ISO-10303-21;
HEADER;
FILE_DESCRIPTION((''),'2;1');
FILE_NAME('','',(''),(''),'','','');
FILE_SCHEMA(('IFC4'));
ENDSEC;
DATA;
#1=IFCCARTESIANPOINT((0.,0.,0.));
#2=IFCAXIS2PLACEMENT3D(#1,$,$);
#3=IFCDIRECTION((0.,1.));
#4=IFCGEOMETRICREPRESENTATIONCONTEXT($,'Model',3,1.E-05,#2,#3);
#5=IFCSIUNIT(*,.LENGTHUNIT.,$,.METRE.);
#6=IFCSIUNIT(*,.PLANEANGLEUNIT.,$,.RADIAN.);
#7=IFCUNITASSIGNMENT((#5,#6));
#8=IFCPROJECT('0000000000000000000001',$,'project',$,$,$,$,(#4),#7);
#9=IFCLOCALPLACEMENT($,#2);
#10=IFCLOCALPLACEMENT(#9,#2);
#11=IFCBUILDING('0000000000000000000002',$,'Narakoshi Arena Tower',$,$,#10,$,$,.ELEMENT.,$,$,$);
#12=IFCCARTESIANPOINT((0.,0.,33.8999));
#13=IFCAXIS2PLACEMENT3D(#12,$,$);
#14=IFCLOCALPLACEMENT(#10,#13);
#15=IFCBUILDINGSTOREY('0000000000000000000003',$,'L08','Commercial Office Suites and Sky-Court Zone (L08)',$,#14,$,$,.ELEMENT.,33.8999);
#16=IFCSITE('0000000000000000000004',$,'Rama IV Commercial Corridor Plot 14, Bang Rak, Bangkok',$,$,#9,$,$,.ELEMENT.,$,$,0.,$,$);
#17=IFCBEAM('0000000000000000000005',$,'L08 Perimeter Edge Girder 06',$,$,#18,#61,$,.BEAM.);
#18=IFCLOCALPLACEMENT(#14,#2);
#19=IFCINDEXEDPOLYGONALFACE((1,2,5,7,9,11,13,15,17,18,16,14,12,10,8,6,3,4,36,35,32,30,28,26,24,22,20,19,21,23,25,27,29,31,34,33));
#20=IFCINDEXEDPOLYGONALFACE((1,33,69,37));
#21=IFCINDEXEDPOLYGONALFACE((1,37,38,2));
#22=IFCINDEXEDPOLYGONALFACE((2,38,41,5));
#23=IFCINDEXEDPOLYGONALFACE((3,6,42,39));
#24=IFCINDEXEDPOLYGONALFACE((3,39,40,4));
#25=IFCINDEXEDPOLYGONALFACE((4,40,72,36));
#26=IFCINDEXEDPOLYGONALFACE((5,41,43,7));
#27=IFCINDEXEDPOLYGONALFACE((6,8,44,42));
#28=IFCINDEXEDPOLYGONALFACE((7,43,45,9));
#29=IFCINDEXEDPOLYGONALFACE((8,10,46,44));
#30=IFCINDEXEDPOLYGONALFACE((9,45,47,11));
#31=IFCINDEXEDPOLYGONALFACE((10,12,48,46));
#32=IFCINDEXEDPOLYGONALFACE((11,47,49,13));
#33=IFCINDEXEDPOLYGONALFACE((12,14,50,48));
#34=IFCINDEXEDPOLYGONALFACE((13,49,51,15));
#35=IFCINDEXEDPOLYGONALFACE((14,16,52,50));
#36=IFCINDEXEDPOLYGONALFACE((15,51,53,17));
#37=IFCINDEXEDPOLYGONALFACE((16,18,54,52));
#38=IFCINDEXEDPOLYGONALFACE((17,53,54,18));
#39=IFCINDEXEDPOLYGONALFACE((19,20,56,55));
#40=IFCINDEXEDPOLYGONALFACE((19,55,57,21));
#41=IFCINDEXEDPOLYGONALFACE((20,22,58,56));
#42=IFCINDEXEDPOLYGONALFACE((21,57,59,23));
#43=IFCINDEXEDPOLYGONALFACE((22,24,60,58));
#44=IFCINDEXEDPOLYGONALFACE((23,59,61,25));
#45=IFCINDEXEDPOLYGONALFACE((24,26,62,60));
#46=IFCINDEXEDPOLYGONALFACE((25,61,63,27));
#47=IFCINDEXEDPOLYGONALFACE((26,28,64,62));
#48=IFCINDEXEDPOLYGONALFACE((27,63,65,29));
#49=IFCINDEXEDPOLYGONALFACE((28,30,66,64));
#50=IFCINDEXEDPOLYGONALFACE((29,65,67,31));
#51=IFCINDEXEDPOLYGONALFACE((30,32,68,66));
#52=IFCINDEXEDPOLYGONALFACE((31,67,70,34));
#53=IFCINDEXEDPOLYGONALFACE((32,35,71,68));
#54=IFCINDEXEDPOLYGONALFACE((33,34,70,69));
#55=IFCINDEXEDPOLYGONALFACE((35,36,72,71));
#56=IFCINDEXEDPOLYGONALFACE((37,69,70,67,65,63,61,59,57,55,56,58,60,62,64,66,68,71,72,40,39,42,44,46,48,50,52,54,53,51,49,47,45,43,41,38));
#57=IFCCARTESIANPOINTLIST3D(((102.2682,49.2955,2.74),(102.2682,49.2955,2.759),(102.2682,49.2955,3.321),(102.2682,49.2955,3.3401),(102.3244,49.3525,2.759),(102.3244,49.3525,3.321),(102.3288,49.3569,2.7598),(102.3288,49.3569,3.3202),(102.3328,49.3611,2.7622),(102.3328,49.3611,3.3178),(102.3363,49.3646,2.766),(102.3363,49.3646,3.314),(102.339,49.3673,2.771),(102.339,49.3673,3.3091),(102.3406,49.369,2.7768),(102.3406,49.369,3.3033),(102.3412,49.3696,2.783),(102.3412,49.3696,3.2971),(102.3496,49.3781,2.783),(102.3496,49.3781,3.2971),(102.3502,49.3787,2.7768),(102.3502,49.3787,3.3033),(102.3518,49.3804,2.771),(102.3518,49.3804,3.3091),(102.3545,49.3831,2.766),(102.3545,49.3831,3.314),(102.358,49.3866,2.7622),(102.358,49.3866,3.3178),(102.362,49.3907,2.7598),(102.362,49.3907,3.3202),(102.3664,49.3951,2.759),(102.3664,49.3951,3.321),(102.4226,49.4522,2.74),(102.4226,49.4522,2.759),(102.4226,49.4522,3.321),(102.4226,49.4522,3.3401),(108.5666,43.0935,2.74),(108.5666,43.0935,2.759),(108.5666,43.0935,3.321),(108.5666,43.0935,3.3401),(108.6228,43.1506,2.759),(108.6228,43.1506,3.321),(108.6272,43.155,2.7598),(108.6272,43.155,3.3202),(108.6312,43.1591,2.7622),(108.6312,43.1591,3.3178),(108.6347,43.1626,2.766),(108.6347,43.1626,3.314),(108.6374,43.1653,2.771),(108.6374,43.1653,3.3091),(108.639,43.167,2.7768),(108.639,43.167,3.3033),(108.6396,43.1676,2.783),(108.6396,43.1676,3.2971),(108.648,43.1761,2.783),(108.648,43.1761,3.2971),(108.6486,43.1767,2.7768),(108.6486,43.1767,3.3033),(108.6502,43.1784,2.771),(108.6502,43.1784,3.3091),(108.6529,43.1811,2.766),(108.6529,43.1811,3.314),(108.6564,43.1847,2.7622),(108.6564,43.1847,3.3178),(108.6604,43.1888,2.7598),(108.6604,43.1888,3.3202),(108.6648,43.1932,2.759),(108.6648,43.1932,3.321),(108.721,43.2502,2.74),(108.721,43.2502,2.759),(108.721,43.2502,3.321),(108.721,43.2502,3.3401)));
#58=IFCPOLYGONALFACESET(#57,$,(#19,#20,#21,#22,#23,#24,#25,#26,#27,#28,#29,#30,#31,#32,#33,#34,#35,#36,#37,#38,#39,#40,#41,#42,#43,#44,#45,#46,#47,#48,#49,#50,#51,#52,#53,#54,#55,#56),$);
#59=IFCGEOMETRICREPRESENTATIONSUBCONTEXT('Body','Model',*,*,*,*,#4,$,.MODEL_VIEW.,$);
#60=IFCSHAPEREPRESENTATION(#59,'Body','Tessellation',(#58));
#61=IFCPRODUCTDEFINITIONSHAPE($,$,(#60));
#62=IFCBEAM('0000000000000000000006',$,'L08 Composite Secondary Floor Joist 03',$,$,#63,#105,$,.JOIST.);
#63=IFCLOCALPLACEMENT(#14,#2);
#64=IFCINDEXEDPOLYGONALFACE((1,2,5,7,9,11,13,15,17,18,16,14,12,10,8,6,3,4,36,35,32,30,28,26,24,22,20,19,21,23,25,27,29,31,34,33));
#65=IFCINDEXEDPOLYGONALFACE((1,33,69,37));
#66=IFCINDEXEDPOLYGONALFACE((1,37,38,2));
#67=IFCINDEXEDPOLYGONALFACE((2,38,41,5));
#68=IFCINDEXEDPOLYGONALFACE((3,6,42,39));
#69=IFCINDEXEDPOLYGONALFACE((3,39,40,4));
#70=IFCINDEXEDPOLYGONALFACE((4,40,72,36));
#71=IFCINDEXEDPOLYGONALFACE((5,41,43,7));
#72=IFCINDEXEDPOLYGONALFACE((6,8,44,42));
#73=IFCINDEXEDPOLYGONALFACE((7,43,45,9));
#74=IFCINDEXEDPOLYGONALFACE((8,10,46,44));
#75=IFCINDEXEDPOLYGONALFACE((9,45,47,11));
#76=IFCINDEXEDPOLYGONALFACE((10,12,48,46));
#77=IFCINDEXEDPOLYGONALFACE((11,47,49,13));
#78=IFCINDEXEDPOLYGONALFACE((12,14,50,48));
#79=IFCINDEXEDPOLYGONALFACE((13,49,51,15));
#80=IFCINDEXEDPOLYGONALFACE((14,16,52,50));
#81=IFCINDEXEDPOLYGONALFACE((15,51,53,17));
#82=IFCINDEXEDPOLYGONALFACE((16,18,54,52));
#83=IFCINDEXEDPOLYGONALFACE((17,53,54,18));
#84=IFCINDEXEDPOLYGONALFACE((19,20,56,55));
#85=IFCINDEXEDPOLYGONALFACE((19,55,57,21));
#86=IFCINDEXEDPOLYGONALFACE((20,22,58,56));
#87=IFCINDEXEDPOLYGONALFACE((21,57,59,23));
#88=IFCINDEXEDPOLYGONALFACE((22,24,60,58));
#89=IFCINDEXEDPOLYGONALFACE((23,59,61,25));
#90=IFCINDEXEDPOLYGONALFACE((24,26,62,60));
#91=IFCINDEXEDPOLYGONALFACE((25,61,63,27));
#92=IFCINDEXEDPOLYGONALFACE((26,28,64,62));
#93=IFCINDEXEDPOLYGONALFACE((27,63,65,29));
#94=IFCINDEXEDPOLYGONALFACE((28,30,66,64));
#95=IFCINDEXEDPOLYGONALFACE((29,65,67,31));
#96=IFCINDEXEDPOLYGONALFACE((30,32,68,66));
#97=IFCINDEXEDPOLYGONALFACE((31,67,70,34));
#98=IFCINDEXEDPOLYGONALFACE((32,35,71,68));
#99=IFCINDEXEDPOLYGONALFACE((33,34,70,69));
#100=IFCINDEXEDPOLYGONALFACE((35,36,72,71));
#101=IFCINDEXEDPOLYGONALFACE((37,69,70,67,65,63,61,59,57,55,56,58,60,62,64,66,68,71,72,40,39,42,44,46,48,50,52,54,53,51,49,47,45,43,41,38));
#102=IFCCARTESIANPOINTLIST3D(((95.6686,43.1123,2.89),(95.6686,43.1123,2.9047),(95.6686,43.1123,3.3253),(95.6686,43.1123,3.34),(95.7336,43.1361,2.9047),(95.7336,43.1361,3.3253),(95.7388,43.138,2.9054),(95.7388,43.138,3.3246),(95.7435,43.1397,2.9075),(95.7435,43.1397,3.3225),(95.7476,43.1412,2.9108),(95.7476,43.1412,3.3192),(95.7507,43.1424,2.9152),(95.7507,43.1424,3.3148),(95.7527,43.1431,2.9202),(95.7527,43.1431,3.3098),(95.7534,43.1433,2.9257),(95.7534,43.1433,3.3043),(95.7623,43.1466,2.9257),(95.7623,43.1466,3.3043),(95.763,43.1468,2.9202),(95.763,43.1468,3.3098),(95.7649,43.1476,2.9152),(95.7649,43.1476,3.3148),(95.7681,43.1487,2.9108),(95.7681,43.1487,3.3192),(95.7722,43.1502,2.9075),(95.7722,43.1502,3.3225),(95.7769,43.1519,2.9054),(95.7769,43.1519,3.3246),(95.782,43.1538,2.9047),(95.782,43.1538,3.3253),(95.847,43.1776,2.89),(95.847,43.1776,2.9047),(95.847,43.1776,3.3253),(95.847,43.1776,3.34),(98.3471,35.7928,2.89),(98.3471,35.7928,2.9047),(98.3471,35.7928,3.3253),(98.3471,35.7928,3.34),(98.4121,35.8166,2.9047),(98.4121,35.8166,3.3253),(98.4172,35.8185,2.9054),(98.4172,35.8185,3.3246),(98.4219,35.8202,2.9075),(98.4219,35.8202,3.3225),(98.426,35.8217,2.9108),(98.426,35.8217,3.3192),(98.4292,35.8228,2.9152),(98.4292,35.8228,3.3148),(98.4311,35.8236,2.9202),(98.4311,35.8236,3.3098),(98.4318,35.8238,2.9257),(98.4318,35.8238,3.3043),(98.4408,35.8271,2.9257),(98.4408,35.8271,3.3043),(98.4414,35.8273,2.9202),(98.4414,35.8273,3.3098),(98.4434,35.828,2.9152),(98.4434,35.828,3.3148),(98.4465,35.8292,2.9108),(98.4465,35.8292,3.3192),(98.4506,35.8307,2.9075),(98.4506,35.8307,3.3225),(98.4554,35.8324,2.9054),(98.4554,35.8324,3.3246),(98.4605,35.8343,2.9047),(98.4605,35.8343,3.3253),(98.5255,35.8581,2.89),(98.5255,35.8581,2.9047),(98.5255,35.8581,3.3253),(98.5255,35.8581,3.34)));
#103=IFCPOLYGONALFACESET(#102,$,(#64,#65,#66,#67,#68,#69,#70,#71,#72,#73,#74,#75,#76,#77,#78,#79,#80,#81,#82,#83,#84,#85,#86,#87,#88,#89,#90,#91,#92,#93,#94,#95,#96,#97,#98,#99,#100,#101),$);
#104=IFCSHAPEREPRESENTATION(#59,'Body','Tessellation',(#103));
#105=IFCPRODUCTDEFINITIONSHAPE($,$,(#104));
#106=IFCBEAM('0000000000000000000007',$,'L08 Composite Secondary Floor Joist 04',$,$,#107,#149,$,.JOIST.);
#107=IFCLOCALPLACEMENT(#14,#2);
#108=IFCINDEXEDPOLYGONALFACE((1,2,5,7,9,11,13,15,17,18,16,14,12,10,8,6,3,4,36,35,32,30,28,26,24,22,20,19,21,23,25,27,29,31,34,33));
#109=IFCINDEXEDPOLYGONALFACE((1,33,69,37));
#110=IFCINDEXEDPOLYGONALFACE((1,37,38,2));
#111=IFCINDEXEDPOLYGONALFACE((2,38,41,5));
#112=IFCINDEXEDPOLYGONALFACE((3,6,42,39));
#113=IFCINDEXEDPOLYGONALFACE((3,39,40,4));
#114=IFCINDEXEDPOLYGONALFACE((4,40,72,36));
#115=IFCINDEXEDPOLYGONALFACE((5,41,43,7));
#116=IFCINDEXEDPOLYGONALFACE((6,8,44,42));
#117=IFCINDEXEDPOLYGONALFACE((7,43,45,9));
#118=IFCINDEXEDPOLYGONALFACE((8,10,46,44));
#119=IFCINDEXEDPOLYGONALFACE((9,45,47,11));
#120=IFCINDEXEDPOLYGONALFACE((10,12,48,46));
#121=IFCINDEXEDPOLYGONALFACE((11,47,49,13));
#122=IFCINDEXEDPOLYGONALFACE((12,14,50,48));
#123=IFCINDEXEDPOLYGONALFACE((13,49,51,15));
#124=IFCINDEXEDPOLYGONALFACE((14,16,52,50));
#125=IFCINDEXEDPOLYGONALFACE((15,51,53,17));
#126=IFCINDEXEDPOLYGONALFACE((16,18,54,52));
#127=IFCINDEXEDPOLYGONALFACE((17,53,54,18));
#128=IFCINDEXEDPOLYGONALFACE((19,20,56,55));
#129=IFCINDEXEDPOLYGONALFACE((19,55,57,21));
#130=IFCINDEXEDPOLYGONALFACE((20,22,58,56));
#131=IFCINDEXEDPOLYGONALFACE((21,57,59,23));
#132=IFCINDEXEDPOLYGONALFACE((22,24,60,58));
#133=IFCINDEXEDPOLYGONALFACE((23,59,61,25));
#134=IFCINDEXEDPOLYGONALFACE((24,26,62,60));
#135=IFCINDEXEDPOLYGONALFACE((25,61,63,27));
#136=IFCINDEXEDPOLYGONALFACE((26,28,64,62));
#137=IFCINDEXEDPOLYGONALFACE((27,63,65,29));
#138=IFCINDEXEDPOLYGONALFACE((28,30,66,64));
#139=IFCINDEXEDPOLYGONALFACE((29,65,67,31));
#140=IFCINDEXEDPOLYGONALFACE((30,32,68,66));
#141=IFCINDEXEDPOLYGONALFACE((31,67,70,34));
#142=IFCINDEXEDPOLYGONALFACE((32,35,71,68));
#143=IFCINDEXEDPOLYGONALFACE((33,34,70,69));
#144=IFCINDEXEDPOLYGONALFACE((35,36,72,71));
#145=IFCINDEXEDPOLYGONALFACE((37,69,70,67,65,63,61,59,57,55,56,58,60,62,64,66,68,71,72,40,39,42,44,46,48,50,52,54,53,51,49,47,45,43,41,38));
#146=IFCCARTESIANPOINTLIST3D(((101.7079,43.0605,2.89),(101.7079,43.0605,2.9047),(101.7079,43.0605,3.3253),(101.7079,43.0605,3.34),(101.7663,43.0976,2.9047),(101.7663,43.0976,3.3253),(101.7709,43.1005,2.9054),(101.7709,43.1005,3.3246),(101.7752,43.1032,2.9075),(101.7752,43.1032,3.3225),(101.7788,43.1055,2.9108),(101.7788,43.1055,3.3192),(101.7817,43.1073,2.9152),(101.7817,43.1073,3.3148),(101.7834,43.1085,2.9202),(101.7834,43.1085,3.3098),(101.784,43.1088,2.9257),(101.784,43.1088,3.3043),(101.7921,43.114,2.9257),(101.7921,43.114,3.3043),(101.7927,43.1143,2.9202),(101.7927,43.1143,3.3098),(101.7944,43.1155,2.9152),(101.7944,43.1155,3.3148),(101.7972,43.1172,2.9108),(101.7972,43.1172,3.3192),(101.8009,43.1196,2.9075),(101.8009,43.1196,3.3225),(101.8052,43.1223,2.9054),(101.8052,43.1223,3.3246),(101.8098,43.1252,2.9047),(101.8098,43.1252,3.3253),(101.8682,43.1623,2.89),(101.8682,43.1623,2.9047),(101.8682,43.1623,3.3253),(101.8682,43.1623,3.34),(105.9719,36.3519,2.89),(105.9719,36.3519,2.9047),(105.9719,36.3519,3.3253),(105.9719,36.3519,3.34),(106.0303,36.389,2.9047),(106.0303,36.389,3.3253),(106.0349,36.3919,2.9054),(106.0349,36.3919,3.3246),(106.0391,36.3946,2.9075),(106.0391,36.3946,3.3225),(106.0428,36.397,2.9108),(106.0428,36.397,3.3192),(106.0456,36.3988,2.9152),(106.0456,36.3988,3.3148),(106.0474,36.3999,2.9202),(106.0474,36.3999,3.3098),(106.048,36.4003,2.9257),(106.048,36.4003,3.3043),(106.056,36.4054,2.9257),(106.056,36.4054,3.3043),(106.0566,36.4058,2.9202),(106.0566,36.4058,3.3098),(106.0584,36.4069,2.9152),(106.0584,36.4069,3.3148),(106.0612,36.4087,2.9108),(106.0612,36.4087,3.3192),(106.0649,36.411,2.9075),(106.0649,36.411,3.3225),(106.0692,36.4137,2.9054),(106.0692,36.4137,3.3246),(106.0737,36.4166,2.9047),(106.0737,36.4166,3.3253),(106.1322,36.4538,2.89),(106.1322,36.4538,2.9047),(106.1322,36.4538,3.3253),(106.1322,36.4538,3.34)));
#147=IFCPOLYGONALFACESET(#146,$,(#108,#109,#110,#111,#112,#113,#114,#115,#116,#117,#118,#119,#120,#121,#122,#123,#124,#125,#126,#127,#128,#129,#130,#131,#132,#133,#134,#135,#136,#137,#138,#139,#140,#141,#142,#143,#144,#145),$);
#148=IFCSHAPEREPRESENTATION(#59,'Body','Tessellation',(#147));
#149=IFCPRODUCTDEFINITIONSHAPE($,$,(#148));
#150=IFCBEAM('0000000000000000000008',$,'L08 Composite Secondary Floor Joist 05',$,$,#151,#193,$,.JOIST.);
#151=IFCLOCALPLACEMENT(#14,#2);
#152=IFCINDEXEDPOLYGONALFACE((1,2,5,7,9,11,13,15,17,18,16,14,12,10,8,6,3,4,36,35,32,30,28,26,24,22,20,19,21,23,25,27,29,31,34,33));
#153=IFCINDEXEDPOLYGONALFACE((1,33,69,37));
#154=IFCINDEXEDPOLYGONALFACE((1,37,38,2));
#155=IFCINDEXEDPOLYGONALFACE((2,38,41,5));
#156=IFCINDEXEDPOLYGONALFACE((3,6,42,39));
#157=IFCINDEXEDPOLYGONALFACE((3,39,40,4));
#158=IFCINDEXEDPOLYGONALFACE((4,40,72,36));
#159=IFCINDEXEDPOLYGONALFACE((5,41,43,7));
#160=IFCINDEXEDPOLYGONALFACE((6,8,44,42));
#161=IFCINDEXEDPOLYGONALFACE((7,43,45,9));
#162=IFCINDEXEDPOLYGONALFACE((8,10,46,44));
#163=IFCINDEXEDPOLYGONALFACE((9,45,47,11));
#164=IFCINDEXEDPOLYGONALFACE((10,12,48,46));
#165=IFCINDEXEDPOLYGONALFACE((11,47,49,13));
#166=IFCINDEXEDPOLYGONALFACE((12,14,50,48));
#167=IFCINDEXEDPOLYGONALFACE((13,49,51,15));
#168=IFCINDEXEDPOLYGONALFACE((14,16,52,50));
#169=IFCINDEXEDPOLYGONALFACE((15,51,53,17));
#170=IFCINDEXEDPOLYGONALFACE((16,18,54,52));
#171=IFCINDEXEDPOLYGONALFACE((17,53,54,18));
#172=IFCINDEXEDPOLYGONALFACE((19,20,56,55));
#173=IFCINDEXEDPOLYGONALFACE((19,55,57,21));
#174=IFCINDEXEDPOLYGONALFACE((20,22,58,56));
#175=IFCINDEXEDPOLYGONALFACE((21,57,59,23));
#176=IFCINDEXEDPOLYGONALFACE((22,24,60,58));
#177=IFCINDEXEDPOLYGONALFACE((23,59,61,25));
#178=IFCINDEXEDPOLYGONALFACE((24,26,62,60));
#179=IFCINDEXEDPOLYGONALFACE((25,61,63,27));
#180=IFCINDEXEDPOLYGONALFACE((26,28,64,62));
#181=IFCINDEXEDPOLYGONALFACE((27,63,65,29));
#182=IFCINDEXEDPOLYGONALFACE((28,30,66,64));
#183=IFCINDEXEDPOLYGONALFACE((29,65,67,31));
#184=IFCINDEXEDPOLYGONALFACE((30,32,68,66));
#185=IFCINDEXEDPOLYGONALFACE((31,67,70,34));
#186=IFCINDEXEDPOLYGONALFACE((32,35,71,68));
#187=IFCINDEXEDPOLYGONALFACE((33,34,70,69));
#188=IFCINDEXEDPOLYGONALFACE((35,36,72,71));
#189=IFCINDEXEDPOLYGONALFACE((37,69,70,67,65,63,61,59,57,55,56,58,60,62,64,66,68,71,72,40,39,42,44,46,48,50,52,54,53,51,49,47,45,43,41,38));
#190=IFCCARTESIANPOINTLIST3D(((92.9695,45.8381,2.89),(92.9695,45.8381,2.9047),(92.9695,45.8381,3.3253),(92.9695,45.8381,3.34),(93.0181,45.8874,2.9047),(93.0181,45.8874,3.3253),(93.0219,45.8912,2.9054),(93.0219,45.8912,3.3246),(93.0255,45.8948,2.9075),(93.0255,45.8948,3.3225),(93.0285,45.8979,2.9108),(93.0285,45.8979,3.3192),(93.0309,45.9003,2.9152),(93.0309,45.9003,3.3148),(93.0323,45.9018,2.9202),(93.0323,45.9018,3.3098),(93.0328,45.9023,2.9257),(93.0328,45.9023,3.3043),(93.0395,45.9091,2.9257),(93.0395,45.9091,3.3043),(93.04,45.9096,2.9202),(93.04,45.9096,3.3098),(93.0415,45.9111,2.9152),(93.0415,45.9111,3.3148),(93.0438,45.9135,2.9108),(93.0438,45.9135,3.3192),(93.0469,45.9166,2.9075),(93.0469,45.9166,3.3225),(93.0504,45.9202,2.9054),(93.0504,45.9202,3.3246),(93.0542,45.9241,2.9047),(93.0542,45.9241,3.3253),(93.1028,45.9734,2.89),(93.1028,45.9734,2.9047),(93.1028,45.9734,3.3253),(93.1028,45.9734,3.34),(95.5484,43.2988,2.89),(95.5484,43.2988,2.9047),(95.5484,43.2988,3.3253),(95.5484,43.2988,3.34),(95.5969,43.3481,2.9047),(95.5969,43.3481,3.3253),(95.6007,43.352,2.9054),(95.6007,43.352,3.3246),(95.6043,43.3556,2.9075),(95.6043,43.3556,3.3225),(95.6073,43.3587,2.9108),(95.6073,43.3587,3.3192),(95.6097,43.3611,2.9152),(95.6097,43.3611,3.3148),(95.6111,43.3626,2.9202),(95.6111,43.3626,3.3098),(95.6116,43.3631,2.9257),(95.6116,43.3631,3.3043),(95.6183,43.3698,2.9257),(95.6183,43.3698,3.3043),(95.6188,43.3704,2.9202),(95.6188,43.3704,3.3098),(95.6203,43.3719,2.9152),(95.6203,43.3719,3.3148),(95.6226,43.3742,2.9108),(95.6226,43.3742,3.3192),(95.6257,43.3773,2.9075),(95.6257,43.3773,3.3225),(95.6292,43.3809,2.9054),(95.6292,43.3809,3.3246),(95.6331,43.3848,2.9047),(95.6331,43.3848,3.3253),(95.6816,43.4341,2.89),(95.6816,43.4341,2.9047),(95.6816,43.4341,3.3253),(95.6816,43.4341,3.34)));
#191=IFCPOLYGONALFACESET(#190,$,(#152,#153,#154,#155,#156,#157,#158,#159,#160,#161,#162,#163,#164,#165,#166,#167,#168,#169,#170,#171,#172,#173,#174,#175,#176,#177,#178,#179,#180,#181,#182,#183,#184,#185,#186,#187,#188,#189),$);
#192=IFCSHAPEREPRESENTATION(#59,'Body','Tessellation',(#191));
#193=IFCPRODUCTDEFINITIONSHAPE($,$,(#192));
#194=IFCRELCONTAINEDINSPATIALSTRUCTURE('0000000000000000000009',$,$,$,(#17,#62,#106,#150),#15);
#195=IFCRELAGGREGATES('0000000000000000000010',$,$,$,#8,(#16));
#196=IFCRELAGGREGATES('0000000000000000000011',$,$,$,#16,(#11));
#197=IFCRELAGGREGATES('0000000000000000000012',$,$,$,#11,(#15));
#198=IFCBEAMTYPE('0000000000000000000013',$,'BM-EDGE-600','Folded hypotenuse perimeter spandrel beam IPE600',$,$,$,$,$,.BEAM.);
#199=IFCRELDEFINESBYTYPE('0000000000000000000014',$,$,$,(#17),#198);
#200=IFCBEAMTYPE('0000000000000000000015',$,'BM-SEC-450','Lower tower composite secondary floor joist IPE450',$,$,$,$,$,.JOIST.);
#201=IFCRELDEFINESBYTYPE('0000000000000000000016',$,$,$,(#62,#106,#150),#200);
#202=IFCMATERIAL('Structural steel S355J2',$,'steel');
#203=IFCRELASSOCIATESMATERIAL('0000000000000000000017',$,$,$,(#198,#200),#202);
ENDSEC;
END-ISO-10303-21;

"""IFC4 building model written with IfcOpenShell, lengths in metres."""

from ifc_helpers import new_model, si_unit, direction, frame, origin, origin_2d, place, context, subcontext, project, spatial, i_section, extrude, material, material_profile, profile_set, type_object, element, save


model = new_model("IFC4")

# Units and contexts
model_context = context("Model", 3, precision=1e-05, world=origin(), true_north=direction((0.0, 1.0)))
body_context = subcontext(model_context, "Body", "Model", "MODEL_VIEW")
ifc_project = project(units=[si_unit("LENGTHUNIT", "METRE"), si_unit("PLANEANGLEUNIT", "RADIAN")], contexts=[model_context])

# Site, building, storey
site_placement = place(None, origin())
site = spatial("IfcSite", under=ifc_project, at=site_placement, Name="Rama IV Commercial Corridor Plot 14, Bang Rak, Bangkok", CompositionType="ELEMENT", RefElevation=0.0)
building_placement = place(site_placement, origin())
building = spatial("IfcBuilding", under=site, at=building_placement, Name="Narakoshi Arena Tower", CompositionType="ELEMENT")
storey_placement = place(building_placement, frame((0.0, 0.0, 33.8999)))
storey = spatial("IfcBuildingStorey", under=building, at=storey_placement, Name="L08", Description="Commercial Office Suites and Sky-Court Zone (L08)", CompositionType="ELEMENT", Elevation=33.8999)

# Beams
ifc_material_1 = material(Name="Structural steel S355J2", Category="steel")
ifc_material_profile_1 = material_profile(ifc_material_1, i_section(OverallWidth=0.22, OverallDepth=0.6001, WebThickness=0.012, FlangeThickness=0.019, FilletRadius=0.0239, at=origin_2d()), Name="IPE600")
ifc_profile_set_1 = profile_set([ifc_material_profile_1], Name="Structural steel S355J2")
beam_type_1 = type_object("IfcBeamType", Name="BM-EDGE-600", Description="Folded hypotenuse perimeter spandrel beam IPE600", PredefinedType="BEAM", material=ifc_profile_set_1)
for number, where, z_axis, x_axis, name in (
    (1, (108.6438, 43.1719, 3.04), (-0.712541, 0.701631, 0.0), (-0.701631, -0.712541, 0.0), "L08 Perimeter Edge Girder 06"),
):
    element("IfcBeam", number, at=place(storey_placement, frame(where, z_axis=z_axis, x_axis=x_axis)), inside=storey, type_object=beam_type_1, Name=name, PredefinedType="BEAM", context=body_context, shape_type="SweptSolid", body=[
        extrude(i_section(OverallWidth=0.22, OverallDepth=0.6001, WebThickness=0.012, FlangeThickness=0.019, FilletRadius=0.0239, at=origin_2d()), origin(), (0.0, 0.0, 1.0), 8.8394),
    ])
ifc_material_profile_2 = material_profile(ifc_material_1, i_section(OverallWidth=0.1899, OverallDepth=0.45, WebThickness=0.0095, FlangeThickness=0.0146, FilletRadius=0.021, at=origin_2d()), Name="IPE450")
ifc_profile_set_2 = profile_set([ifc_material_profile_2], Name="Structural steel S355J2")
beam_type_2 = type_object("IfcBeamType", Name="BM-SEC-450", Description="Lower tower composite secondary floor joist IPE450", PredefinedType="JOIST", material=ifc_profile_set_2)
beam_1_placement = place(storey_placement, frame((98.4363, 35.8254, 3.115), z_axis=(-0.343646, 0.939099, 0.0), x_axis=(-0.939099, -0.343646, 0.0)))
element("IfcBeam", 2, at=beam_1_placement, inside=storey, type_object=beam_type_2, Name="L08 Composite Secondary Floor Joist 03", PredefinedType="JOIST", context=body_context, shape_type="SweptSolid", body=[
    extrude(i_section(OverallWidth=0.1899, OverallDepth=0.45, WebThickness=0.0095, FlangeThickness=0.0146, FilletRadius=0.021, at=origin_2d()), origin(), (0.0, 0.0, 1.0), 7.7942),
])
beam_2_placement = place(storey_placement, frame((106.052, 36.4028, 3.115), z_axis=(-0.536416, 0.843954, 0.0), x_axis=(-0.843954, -0.536416, 0.0)))
element("IfcBeam", 3, at=beam_2_placement, inside=storey, type_object=beam_type_2, Name="L08 Composite Secondary Floor Joist 04", PredefinedType="JOIST", context=body_context, shape_type="SweptSolid", body=[
    extrude(i_section(OverallWidth=0.1899, OverallDepth=0.45, WebThickness=0.0095, FlangeThickness=0.0146, FilletRadius=0.021, at=origin_2d()), origin(), (0.0, 0.0, 1.0), 7.949),
])
beam_3_placement = place(storey_placement, frame((95.615, 43.3665, 3.115), z_axis=(-0.71255, 0.701622, 0.0), x_axis=(-0.701622, -0.71255, 0.0)))
element("IfcBeam", 4, at=beam_3_placement, inside=storey, type_object=beam_type_2, Name="L08 Composite Secondary Floor Joist 05", PredefinedType="JOIST", context=body_context, shape_type="SweptSolid", body=[
    extrude(i_section(OverallWidth=0.1899, OverallDepth=0.45, WebThickness=0.0095, FlangeThickness=0.0146, FilletRadius=0.021, at=origin_2d()), origin(), (0.0, 0.0, 1.0), 3.6191),
])

save(model, "model.ifc")
